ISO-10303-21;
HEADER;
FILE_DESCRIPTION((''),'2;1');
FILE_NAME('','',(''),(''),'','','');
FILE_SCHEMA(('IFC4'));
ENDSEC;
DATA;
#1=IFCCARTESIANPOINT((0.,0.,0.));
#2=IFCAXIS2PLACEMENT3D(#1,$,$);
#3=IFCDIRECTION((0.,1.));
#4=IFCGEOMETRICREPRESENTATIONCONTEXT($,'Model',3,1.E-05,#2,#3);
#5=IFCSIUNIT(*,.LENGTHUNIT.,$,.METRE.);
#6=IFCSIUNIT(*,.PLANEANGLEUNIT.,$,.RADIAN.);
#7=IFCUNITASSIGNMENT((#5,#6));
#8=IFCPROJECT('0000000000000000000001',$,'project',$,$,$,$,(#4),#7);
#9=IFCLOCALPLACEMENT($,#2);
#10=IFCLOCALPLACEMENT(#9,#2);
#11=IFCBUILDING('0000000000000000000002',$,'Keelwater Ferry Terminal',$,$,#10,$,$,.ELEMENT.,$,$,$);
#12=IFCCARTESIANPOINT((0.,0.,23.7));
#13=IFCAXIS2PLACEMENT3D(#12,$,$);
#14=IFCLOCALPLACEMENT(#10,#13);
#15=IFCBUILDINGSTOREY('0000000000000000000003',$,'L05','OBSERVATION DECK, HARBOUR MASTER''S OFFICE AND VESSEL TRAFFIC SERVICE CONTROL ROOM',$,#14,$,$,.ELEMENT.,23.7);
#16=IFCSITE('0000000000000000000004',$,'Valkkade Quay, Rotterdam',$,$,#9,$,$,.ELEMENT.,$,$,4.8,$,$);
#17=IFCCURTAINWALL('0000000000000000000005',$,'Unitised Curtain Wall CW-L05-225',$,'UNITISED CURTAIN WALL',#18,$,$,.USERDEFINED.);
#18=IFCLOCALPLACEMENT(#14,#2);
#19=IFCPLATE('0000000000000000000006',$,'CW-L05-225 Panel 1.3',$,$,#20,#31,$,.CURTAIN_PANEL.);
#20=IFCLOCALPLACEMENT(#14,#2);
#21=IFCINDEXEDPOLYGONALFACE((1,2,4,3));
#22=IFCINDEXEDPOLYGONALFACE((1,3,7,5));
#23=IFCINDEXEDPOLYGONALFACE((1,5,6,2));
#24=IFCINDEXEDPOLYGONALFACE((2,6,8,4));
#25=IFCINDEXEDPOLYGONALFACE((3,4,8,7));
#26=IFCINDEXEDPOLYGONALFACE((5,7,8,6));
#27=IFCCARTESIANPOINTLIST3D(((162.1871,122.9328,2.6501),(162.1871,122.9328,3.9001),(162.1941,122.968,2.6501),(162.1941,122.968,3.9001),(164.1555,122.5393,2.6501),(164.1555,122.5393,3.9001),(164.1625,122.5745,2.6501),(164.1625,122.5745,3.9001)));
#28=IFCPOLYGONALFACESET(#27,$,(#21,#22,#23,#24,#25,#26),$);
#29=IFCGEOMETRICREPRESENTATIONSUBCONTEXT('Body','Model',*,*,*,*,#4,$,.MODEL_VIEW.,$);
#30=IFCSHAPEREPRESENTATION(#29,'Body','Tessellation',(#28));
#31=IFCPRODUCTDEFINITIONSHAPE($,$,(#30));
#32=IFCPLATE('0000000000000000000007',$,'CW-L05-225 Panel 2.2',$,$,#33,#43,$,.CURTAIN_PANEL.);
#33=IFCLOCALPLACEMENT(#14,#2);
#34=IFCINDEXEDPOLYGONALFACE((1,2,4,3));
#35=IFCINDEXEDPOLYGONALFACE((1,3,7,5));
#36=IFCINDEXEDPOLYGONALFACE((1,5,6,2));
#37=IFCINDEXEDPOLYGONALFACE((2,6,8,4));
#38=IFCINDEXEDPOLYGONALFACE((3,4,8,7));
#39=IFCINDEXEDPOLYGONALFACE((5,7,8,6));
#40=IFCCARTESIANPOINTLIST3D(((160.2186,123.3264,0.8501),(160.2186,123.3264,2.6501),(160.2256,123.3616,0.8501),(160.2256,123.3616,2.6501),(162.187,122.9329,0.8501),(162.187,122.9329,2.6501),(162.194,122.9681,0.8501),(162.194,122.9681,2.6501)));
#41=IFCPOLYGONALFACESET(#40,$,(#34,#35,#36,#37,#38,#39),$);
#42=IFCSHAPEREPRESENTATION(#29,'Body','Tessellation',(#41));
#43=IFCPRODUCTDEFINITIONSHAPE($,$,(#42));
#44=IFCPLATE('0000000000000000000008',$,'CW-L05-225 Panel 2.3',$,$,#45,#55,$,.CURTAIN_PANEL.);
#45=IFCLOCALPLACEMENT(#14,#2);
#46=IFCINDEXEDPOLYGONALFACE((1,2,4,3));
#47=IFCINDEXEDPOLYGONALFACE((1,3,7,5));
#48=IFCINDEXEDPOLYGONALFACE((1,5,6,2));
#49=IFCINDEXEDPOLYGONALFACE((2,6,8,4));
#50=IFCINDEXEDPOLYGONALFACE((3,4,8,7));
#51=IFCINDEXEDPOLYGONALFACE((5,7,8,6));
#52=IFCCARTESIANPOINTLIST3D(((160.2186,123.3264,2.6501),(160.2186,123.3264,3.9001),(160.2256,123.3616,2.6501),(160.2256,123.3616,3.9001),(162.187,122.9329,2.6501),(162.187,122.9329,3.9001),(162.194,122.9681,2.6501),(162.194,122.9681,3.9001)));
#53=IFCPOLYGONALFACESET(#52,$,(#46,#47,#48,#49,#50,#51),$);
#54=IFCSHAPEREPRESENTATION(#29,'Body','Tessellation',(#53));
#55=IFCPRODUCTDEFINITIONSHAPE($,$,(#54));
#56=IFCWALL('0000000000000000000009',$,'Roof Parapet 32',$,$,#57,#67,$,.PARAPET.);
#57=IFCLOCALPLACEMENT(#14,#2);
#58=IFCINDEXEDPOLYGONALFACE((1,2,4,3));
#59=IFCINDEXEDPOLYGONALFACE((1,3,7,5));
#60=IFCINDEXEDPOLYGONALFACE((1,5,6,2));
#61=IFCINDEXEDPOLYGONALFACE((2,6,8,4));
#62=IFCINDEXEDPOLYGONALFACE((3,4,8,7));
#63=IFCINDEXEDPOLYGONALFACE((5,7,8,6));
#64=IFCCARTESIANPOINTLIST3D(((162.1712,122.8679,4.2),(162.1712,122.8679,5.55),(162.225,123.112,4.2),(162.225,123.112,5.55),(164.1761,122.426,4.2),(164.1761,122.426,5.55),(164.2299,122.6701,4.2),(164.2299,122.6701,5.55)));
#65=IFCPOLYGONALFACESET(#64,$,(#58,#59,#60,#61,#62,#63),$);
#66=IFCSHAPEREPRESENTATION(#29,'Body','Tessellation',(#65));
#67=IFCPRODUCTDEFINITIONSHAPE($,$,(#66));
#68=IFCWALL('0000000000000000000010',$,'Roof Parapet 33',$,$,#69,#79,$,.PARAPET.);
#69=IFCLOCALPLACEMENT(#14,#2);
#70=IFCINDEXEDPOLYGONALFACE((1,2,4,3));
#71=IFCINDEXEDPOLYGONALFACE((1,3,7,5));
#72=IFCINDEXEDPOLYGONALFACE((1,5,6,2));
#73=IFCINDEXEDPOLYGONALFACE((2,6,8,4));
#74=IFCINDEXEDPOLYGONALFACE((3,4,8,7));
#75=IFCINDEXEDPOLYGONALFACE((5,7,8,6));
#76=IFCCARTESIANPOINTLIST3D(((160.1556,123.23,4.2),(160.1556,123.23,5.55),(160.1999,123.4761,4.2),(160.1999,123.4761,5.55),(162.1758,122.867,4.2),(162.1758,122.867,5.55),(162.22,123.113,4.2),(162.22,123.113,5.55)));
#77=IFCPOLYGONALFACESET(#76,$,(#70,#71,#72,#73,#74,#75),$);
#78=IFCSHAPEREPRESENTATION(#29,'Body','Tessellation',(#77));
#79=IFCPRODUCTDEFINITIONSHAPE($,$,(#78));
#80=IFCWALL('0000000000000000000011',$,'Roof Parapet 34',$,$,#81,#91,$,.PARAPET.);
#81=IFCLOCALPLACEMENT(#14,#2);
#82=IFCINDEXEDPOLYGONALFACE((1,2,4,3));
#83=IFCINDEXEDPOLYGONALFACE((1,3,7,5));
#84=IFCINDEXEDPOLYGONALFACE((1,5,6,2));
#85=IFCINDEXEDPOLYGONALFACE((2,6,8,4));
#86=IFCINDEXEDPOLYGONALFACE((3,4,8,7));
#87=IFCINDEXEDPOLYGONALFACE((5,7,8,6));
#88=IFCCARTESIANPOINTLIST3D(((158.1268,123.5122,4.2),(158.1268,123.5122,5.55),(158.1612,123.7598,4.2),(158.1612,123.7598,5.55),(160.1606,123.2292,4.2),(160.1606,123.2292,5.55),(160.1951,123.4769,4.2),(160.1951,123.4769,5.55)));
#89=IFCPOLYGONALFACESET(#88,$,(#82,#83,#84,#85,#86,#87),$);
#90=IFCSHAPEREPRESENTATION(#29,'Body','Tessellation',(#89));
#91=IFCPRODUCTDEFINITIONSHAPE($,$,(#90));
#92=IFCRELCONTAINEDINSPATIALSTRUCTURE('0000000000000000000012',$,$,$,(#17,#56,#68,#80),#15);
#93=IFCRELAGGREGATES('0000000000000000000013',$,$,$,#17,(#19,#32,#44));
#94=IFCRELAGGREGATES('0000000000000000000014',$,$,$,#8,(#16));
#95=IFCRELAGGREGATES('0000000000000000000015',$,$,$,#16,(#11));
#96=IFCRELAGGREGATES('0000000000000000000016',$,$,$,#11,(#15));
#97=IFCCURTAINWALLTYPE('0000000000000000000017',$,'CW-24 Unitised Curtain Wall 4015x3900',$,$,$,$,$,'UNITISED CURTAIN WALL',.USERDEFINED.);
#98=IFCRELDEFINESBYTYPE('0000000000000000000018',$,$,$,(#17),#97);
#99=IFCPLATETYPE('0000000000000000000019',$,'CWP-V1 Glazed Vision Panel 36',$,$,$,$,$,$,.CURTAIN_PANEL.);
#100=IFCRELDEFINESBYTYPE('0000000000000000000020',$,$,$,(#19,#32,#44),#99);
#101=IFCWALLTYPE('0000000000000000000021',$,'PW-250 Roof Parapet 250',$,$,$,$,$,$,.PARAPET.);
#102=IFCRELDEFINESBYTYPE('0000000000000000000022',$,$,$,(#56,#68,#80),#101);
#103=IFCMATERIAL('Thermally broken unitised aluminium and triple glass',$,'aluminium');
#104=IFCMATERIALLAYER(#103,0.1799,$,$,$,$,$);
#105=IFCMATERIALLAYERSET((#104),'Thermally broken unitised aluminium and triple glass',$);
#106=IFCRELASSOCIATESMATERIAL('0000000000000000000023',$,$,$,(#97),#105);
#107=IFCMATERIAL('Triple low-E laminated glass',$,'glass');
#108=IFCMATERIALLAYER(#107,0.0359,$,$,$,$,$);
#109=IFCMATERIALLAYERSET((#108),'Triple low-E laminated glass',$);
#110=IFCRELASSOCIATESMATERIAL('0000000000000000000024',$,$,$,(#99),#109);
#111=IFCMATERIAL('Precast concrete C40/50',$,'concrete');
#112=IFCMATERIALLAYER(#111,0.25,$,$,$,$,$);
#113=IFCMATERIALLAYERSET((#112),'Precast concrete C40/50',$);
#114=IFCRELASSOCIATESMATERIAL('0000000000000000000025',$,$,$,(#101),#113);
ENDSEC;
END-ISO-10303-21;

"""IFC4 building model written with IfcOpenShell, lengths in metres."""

from ifc_helpers import new_model, si_unit, direction, frame, frame_2d, origin, origin_2d, place, context, subcontext, project, spatial, rectangle, extrude, material, layer, layer_set, type_object, element, aggregate, save


model = new_model("IFC4")

# Units and contexts
model_context = context("Model", 3, precision=1e-05, world=origin(), true_north=direction((0.0, 1.0)))
body_context = subcontext(model_context, "Body", "Model", "MODEL_VIEW")
ifc_project = project(units=[si_unit("LENGTHUNIT", "METRE"), si_unit("PLANEANGLEUNIT", "RADIAN")], contexts=[model_context])

# Site, building, storey
site_placement = place(None, origin())
site = spatial("IfcSite", under=ifc_project, at=site_placement, Name="Valkkade Quay, Rotterdam", CompositionType="ELEMENT", RefElevation=4.8)
building_placement = place(site_placement, origin())
building = spatial("IfcBuilding", under=site, at=building_placement, Name="Keelwater Ferry Terminal", CompositionType="ELEMENT")
storey_placement = place(building_placement, frame((0.0, 0.0, 23.7)))
storey = spatial("IfcBuildingStorey", under=building, at=storey_placement, Name="L05", Description="OBSERVATION DECK, HARBOUR MASTER'S OFFICE AND VESSEL TRAFFIC SERVICE CONTROL ROOM", CompositionType="ELEMENT", Elevation=23.7)

# Shared definitions
ifc_material_1 = material(Name="Thermally broken unitised aluminium and triple glass", Category="aluminium")
ifc_layer_1 = layer(ifc_material_1, 0.1799)
ifc_layer_set_1 = layer_set([ifc_layer_1], Name="Thermally broken unitised aluminium and triple glass")
curtain_wall_type = type_object("IfcCurtainWallType", Name="CW-24 Unitised Curtain Wall 4015x3900", ElementType="UNITISED CURTAIN WALL", PredefinedType="USERDEFINED", material=ifc_layer_set_1)

# Curtain wall
curtain_wall_1_placement = place(storey_placement, origin())
curtain_wall_1 = element("IfcCurtainWall", 1, at=curtain_wall_1_placement, inside=storey, type_object=curtain_wall_type, Name="Unitised Curtain Wall CW-L05-225", ObjectType="UNITISED CURTAIN WALL", PredefinedType="USERDEFINED")

# Plates
ifc_material_2 = material(Name="Triple low-E laminated glass", Category="glass")
ifc_layer_2 = layer(ifc_material_2, 0.0359)
ifc_layer_set_2 = layer_set([ifc_layer_2], Name="Triple low-E laminated glass")
plate_type_1 = type_object("IfcPlateType", Name="CWP-V1 Glazed Vision Panel 36", PredefinedType="CURTAIN_PANEL", material=ifc_layer_set_2)
plate_1_placement = place(storey_placement, frame((163.1748, 122.7537, 2.6501), z_axis=(0.0, 0.0, 1.0), x_axis=(-0.9806, 0.19602, 0.0)))
plate_1 = element("IfcPlate", 2, at=plate_1_placement, type_object=plate_type_1, Name="CW-L05-225 Panel 1.3", PredefinedType="CURTAIN_PANEL", context=body_context, shape_type="SweptSolid", body=[
    extrude(rectangle(XDim=2.0073, YDim=0.0359, at=origin_2d()), origin(), (0.0, 0.0, 1.0), 1.25),
])
plate_2_placement = place(storey_placement, frame((161.2063, 123.1472, 0.8501), z_axis=(0.0, 0.0, 1.0), x_axis=(-0.9806, 0.19602, 0.0)))
plate_2 = element("IfcPlate", 3, at=plate_2_placement, type_object=plate_type_1, Name="CW-L05-225 Panel 2.2", PredefinedType="CURTAIN_PANEL", context=body_context, shape_type="SweptSolid", body=[
    extrude(rectangle(XDim=2.0073, YDim=0.0359, at=origin_2d()), origin(), (0.0, 0.0, 1.0), 1.8),
])
plate_3_placement = place(storey_placement, frame((161.2063, 123.1472, 2.6501), z_axis=(0.0, 0.0, 1.0), x_axis=(-0.9806, 0.19602, 0.0)))
plate_3 = element("IfcPlate", 4, at=plate_3_placement, type_object=plate_type_1, Name="CW-L05-225 Panel 2.3", PredefinedType="CURTAIN_PANEL", context=body_context, shape_type="SweptSolid", body=[
    extrude(rectangle(XDim=2.0073, YDim=0.0359, at=origin_2d()), origin(), (0.0, 0.0, 1.0), 1.25),
])
aggregate(curtain_wall_1, [plate_1, plate_2, plate_3])

# Walls
ifc_material_3 = material(Name="Precast concrete C40/50", Category="concrete")
ifc_layer_3 = layer(ifc_material_3, 0.25)
ifc_layer_set_3 = layer_set([ifc_layer_3], Name="Precast concrete C40/50")
wall_type = type_object("IfcWallType", Name="PW-250 Roof Parapet 250", PredefinedType="PARAPET", material=ifc_layer_set_3)
wall_1_placement = place(storey_placement, frame((164.2029, 122.5481, 4.2), z_axis=(0.0, 0.0, 1.0), x_axis=(-0.976561, 0.215243, 0.0)))
element("IfcWall", 5, at=wall_1_placement, inside=storey, type_object=wall_type, Name="Roof Parapet 32", PredefinedType="PARAPET", context=body_context, shape_type="SweptSolid", body=[
    extrude(rectangle(XDim=2.053, YDim=0.25, at=frame_2d((1.0264, 0.0))), origin(), (0.0, 0.0, 1.0), 1.3501),
])
wall_2_placement = place(storey_placement, frame((162.198, 122.99, 4.2), z_axis=(0.0, 0.0, 1.0), x_axis=(-0.984231, 0.176886, 0.0)))
element("IfcWall", 6, at=wall_2_placement, inside=storey, type_object=wall_type, Name="Roof Parapet 33", PredefinedType="PARAPET", context=body_context, shape_type="SweptSolid", body=[
    extrude(rectangle(XDim=2.0525, YDim=0.25, at=frame_2d((1.0264, 0.0))), origin(), (0.0, 0.0, 1.0), 1.3501),
])
wall_3_placement = place(storey_placement, frame((160.178, 123.353, 4.2), z_axis=(0.0, 0.0, 1.0), x_axis=(-0.990461, 0.137792, 0.0)))
element("IfcWall", 7, at=wall_3_placement, inside=storey, type_object=wall_type, Name="Roof Parapet 34", PredefinedType="PARAPET", context=body_context, shape_type="SweptSolid", body=[
    extrude(rectangle(XDim=2.0535, YDim=0.25, at=frame_2d((1.0269, 0.0))), origin(), (0.0, 0.0, 1.0), 1.3501),
])

save(model, "model.ifc")
